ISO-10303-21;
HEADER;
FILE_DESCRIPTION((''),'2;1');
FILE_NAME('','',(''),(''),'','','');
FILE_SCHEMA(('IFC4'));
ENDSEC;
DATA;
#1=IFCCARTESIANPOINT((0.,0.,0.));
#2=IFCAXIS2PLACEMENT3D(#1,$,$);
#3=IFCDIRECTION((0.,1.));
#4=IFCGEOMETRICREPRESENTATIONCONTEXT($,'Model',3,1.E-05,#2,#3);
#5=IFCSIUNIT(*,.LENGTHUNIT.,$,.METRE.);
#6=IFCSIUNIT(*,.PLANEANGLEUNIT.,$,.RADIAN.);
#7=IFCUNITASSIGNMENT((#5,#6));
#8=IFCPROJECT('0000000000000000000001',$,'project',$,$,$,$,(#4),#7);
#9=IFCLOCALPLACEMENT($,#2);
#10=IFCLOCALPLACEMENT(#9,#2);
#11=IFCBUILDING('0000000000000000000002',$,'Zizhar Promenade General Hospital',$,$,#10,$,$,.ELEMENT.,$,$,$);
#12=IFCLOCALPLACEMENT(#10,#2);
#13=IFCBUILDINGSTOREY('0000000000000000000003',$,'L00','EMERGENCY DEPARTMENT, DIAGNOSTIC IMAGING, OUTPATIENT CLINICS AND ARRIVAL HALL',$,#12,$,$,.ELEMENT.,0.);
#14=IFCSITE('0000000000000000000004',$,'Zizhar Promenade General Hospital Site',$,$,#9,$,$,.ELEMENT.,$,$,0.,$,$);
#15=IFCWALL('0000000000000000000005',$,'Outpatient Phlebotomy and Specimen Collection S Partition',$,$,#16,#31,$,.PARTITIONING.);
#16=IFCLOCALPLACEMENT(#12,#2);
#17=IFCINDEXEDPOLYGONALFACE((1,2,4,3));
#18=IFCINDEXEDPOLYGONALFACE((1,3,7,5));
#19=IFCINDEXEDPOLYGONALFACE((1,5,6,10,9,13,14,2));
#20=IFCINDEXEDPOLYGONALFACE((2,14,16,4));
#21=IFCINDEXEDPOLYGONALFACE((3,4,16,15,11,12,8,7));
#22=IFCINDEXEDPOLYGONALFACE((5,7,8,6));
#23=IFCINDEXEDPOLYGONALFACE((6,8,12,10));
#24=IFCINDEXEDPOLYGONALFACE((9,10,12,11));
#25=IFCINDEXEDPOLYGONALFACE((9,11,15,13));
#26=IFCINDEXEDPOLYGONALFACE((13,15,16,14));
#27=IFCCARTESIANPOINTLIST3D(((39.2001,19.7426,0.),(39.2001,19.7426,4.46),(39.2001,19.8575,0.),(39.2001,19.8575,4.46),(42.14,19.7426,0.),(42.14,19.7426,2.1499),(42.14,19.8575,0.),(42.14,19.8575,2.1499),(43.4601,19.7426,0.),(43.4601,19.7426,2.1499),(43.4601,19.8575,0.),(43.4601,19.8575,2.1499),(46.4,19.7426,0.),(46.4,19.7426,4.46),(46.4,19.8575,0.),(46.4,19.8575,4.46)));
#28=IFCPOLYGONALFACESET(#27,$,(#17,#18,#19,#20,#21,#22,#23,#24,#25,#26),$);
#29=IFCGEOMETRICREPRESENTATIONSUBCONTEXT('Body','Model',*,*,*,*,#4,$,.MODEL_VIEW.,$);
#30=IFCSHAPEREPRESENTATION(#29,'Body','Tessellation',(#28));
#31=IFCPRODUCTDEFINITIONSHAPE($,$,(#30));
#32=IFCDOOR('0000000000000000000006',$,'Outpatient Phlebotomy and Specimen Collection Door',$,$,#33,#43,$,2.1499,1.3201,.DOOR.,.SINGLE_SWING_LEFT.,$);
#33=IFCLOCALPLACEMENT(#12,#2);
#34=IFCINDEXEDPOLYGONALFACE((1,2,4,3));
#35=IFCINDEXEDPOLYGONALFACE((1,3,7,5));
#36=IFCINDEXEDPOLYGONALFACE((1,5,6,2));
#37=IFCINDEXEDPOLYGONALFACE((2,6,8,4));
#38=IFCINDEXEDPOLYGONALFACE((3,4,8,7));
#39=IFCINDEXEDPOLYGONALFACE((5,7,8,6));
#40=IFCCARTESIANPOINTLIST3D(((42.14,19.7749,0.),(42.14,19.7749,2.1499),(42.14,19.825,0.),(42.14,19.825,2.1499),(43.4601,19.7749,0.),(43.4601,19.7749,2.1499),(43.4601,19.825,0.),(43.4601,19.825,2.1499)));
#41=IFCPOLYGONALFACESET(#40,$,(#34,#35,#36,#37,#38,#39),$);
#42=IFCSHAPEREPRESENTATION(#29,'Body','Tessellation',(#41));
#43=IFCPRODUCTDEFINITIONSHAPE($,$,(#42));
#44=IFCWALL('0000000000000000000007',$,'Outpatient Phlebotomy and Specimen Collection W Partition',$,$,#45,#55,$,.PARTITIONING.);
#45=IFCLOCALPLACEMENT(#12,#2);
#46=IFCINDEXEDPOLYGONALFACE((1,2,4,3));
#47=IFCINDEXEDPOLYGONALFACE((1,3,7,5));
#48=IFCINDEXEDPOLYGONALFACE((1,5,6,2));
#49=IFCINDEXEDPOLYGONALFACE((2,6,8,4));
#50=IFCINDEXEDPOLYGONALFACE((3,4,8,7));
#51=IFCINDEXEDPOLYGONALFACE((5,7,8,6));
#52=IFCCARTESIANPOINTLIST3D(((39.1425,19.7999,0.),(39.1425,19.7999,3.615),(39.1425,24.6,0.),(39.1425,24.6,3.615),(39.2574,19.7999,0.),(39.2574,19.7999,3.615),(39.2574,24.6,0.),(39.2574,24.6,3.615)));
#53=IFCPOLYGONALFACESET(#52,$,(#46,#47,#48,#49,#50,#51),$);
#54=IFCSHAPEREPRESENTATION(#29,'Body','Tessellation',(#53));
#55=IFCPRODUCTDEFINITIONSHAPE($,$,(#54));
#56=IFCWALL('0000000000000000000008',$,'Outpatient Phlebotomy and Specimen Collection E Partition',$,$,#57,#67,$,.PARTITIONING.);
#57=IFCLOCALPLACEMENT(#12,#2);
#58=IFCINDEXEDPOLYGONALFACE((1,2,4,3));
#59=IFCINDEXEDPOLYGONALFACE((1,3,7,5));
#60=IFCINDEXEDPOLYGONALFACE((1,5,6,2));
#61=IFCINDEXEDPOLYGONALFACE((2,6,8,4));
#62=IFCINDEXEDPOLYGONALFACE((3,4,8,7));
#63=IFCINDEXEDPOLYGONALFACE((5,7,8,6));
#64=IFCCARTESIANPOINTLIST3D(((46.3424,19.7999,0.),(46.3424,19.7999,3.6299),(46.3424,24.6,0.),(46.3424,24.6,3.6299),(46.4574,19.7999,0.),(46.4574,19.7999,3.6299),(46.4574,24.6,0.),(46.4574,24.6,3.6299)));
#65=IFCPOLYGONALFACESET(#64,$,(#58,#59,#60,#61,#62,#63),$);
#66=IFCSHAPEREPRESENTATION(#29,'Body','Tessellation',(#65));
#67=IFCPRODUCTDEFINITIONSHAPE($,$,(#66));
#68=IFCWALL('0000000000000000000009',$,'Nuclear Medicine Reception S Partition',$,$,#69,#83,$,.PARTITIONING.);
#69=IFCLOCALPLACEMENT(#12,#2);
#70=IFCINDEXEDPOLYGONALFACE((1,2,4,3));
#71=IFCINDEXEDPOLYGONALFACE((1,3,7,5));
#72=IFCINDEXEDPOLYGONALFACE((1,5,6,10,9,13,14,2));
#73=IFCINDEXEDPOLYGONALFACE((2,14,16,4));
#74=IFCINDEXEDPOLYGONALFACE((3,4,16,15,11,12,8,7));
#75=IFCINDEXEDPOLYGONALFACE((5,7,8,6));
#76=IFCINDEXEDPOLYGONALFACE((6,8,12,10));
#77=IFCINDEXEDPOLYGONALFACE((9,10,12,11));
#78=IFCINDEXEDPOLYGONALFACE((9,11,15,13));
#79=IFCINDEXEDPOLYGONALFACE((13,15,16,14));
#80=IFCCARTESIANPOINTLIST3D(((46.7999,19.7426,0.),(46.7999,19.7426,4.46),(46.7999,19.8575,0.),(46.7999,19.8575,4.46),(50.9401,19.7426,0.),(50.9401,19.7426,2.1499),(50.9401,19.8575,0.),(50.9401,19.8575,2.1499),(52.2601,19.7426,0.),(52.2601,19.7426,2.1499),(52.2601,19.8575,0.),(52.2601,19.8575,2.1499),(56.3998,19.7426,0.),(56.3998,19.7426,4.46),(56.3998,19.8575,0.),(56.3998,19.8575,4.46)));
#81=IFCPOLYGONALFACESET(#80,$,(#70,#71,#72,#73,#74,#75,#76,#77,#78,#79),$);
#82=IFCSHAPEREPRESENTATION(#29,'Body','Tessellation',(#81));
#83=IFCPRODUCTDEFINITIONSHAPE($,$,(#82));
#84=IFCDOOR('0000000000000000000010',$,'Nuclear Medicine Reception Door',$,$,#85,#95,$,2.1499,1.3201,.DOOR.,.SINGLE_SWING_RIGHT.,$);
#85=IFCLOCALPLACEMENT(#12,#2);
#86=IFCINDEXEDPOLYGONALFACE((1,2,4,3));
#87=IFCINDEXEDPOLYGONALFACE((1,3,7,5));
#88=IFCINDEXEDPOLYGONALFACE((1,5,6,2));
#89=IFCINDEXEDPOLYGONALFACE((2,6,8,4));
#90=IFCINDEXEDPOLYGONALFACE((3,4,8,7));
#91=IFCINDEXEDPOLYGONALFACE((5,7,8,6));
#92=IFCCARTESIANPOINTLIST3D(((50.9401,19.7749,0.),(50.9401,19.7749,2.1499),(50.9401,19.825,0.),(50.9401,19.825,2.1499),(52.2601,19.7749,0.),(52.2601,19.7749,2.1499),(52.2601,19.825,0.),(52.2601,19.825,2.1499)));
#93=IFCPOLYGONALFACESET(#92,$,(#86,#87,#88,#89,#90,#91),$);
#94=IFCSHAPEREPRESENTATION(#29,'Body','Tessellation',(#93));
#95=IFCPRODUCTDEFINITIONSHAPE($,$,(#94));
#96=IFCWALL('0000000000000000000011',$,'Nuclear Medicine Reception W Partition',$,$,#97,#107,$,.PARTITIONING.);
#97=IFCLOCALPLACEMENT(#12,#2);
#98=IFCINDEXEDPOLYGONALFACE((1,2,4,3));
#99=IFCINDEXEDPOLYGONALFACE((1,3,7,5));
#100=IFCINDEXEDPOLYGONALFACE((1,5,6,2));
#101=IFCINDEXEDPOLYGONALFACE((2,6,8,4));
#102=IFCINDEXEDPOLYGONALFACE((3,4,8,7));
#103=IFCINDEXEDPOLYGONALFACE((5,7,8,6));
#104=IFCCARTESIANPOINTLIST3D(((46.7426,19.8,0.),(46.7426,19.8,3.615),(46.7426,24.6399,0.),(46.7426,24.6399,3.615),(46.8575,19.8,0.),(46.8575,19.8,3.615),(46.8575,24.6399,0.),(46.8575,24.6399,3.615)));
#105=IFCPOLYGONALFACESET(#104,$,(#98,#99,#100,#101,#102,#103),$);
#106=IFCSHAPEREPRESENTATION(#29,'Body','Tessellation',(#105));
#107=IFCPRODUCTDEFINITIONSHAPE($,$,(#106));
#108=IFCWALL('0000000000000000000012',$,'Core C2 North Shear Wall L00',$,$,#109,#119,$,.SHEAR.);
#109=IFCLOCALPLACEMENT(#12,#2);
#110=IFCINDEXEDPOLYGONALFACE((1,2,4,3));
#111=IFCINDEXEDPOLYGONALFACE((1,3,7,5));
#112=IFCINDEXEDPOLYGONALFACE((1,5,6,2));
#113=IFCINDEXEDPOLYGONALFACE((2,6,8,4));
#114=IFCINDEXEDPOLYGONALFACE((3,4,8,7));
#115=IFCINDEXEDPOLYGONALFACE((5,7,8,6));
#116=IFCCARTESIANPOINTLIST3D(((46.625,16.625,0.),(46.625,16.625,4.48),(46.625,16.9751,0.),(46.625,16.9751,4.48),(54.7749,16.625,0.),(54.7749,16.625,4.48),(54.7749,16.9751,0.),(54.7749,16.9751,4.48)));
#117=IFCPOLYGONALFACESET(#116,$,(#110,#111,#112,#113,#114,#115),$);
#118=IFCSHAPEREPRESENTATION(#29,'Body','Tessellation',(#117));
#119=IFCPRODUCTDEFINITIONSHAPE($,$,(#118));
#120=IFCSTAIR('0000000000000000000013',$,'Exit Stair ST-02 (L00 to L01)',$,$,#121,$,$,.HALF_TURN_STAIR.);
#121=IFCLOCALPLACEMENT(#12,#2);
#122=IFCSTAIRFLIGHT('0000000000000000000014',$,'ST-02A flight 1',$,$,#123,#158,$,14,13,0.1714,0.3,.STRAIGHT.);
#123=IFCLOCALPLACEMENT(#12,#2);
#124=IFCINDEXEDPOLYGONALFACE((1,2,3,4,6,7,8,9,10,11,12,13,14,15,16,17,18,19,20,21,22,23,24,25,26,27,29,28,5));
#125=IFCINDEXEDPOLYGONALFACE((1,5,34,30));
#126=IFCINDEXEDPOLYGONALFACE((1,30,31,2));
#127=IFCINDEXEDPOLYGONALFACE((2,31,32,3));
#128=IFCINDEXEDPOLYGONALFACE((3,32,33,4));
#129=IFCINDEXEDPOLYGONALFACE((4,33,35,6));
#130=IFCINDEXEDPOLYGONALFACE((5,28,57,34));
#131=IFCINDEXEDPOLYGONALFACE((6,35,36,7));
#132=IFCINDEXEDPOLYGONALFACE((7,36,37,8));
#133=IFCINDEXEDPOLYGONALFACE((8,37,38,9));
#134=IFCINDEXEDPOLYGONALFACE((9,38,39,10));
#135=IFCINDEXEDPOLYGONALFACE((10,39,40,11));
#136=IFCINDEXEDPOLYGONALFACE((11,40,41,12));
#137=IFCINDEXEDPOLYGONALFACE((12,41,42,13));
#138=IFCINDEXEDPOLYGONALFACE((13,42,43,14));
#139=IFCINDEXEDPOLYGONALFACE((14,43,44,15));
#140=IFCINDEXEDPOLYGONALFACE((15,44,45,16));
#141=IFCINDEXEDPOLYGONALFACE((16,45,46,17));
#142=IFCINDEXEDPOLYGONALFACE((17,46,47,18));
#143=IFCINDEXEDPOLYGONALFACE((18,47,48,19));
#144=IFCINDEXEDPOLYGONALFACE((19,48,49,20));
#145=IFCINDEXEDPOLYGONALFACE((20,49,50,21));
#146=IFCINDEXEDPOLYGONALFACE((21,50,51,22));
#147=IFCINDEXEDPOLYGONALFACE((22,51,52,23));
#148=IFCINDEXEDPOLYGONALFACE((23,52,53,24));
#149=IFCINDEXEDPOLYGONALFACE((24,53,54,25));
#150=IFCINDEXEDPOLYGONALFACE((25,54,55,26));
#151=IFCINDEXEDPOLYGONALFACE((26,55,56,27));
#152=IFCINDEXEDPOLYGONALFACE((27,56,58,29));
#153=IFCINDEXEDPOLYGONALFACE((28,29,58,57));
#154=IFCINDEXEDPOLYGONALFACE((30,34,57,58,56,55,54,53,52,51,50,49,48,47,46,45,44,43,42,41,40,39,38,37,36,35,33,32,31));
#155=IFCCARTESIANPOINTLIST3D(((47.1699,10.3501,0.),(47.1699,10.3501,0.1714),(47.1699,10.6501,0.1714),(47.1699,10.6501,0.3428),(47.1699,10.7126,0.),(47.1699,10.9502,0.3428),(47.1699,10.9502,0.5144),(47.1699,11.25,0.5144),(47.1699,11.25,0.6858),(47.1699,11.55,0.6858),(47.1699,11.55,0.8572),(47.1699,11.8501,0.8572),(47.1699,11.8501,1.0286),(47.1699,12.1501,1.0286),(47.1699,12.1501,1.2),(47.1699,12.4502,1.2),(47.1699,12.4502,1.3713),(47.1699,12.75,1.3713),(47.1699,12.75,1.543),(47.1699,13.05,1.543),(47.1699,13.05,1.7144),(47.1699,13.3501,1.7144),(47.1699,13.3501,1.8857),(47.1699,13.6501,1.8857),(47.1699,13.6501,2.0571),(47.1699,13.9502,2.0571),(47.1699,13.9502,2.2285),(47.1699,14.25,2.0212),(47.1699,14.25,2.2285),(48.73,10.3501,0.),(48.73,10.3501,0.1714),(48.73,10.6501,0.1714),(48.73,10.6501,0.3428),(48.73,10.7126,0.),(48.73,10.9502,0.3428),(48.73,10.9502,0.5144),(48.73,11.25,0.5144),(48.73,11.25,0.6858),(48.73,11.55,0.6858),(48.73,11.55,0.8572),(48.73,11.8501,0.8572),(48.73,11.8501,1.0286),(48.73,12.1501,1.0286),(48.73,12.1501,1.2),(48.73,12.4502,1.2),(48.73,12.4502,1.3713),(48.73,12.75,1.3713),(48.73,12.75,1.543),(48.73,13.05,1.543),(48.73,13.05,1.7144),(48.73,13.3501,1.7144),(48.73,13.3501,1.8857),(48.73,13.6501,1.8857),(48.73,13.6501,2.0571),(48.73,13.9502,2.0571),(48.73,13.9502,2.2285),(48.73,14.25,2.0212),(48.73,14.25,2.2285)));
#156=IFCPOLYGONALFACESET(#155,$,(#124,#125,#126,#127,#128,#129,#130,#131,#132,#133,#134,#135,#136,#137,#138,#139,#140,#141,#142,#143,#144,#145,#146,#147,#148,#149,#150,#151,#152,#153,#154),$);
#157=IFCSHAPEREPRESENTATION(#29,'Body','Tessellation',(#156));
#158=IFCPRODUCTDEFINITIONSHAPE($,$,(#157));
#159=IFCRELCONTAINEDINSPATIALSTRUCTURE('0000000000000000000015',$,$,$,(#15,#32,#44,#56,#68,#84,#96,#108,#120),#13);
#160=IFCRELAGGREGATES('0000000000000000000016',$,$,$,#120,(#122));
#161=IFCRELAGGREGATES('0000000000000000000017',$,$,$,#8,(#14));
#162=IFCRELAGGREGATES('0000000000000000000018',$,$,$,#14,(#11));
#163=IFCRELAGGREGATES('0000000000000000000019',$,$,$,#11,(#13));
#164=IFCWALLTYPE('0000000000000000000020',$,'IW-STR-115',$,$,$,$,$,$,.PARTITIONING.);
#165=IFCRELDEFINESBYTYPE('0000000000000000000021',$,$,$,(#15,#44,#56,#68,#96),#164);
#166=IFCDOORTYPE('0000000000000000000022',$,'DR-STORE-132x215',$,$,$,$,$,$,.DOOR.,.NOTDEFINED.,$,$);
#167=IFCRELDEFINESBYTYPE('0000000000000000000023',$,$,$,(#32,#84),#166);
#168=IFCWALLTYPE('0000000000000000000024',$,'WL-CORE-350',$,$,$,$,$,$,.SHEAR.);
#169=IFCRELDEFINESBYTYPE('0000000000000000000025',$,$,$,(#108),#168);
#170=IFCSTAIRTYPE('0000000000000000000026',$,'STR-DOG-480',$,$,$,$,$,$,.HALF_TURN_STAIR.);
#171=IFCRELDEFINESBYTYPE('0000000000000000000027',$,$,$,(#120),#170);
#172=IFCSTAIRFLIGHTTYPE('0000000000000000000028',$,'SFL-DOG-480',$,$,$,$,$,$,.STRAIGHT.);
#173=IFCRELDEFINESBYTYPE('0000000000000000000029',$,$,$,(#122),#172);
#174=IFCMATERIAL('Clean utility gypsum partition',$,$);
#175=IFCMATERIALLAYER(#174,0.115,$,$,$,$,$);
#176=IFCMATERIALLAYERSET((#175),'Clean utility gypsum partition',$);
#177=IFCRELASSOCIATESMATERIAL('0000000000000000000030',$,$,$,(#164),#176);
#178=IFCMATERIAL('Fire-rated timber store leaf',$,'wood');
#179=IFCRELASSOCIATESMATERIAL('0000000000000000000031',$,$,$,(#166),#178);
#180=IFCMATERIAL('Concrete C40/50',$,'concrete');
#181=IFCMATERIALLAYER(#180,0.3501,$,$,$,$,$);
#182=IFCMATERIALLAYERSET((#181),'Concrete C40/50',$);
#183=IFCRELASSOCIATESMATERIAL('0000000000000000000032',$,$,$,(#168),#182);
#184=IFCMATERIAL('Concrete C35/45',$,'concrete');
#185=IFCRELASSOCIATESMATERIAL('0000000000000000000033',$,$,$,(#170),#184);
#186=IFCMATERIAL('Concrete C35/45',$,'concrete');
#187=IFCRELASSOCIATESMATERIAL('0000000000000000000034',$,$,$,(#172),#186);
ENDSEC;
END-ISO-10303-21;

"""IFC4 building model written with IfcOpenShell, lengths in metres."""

from ifc_helpers import new_model, si_unit, direction, frame, frame_2d, origin, place, context, subcontext, project, spatial, polyline, rectangle, outline, extrude, material, layer, layer_set, type_object, element, fill, aggregate, save


model = new_model("IFC4")

# Units and contexts
model_context = context("Model", 3, precision=1e-05, world=origin(), true_north=direction((0.0, 1.0)))
body_context = subcontext(model_context, "Body", "Model", "MODEL_VIEW")
ifc_project = project(units=[si_unit("LENGTHUNIT", "METRE"), si_unit("PLANEANGLEUNIT", "RADIAN")], contexts=[model_context])

# Site, building, storey
site_placement = place(None, origin())
site = spatial("IfcSite", under=ifc_project, at=site_placement, Name="Zizhar Promenade General Hospital Site", CompositionType="ELEMENT", RefElevation=0.0)
building_placement = place(site_placement, origin())
building = spatial("IfcBuilding", under=site, at=building_placement, Name="Zizhar Promenade General Hospital", CompositionType="ELEMENT")
storey_placement = place(building_placement, origin())
storey = spatial("IfcBuildingStorey", under=building, at=storey_placement, Name="L00", Description="EMERGENCY DEPARTMENT, DIAGNOSTIC IMAGING, OUTPATIENT CLINICS AND ARRIVAL HALL", CompositionType="ELEMENT", Elevation=0.0)

# Wall, opening, door
ifc_material_1 = material(Name="Clean utility gypsum partition")
ifc_layer_1 = layer(ifc_material_1, 0.115)
ifc_layer_set_1 = layer_set([ifc_layer_1], Name="Clean utility gypsum partition")
wall_type_1 = type_object("IfcWallType", Name="IW-STR-115", PredefinedType="PARTITIONING", material=ifc_layer_set_1)
wall_1_placement = place(storey_placement, frame((39.2, 19.8, 0.0), z_axis=(0.0, 0.0, 1.0), x_axis=(1.0, 0.0, 0.0)))
wall_1 = element("IfcWall", 1, at=wall_1_placement, inside=storey, type_object=wall_type_1, Name="Outpatient Phlebotomy and Specimen Collection S Partition", PredefinedType="PARTITIONING", context=body_context, shape_type="SweptSolid", body=[
    extrude(rectangle(XDim=7.2, YDim=0.115, at=frame_2d((3.6001, 0.0))), origin(), (0.0, 0.0, 1.0), 4.46),
])
opening_1_placement = place(wall_1_placement, frame((2.9399, 0.0, 0.0)))
opening_1 = element("IfcOpeningElement", 2, at=opening_1_placement, cuts=wall_1, PredefinedType="OPENING", context=body_context, shape_type="SweptSolid", body=[
    extrude(rectangle(XDim=1.3201, YDim=2.1499, at=frame_2d((0.6602, 1.075))), frame((0.0, 0.0674, 0.0), z_axis=(0.0, -1.0, 0.0), x_axis=(1.0, 0.0, 0.0)), (0.0, 0.0, 1.0), 0.135),
])
ifc_material_2 = material(Name="Fire-rated timber store leaf", Category="wood")
door_type_1 = type_object("IfcDoorType", Name="DR-STORE-132x215", OperationType="NOTDEFINED", PredefinedType="DOOR", material=ifc_material_2)
door_1_placement = place(opening_1_placement, origin())
door_1 = element("IfcDoor", 3, at=door_1_placement, inside=storey, type_object=door_type_1, Name="Outpatient Phlebotomy and Specimen Collection Door", OperationType="SINGLE_SWING_LEFT", OverallHeight=2.1499, OverallWidth=1.3201, PredefinedType="DOOR", context=body_context, shape_type="SweptSolid", body=[
    extrude(rectangle(XDim=1.3201, YDim=2.1499, at=frame_2d((0.6602, 1.075))), frame((0.0, 0.0249, 0.0), z_axis=(0.0, -1.0, 0.0), x_axis=(1.0, 0.0, 0.0)), (0.0, 0.0, 1.0), 0.05),
])
fill(opening_1, door_1)

# Walls
wall_2_placement = place(storey_placement, frame((39.2, 19.8, 0.0), z_axis=(0.0, 0.0, 1.0), x_axis=(0.0, 1.0, 0.0)))
element("IfcWall", 4, at=wall_2_placement, inside=storey, type_object=wall_type_1, Name="Outpatient Phlebotomy and Specimen Collection W Partition", PredefinedType="PARTITIONING", context=body_context, shape_type="SweptSolid", body=[
    extrude(rectangle(XDim=4.8, YDim=0.115, at=frame_2d((2.3999, 0.0))), origin(), (0.0, 0.0, 1.0), 3.615),
])
wall_3_placement = place(storey_placement, frame((46.3999, 19.8, 0.0), z_axis=(0.0, 0.0, 1.0), x_axis=(0.0, 1.0, 0.0)))
element("IfcWall", 5, at=wall_3_placement, inside=storey, type_object=wall_type_1, Name="Outpatient Phlebotomy and Specimen Collection E Partition", PredefinedType="PARTITIONING", context=body_context, shape_type="SweptSolid", body=[
    extrude(rectangle(XDim=4.8, YDim=0.115, at=frame_2d((2.3999, 0.0))), origin(), (0.0, 0.0, 1.0), 3.6299),
])

# Wall, opening, door
wall_4_placement = place(storey_placement, frame((46.8, 19.8, 0.0), z_axis=(0.0, 0.0, 1.0), x_axis=(1.0, 0.0, 0.0)))
wall_4 = element("IfcWall", 6, at=wall_4_placement, inside=storey, type_object=wall_type_1, Name="Nuclear Medicine Reception S Partition", PredefinedType="PARTITIONING", context=body_context, shape_type="SweptSolid", body=[
    extrude(rectangle(XDim=9.5999, YDim=0.115, at=frame_2d((4.7998, 0.0))), origin(), (0.0, 0.0, 1.0), 4.46),
])
opening_2_placement = place(wall_4_placement, frame((4.1399, 0.0, 0.0)))
opening_2 = element("IfcOpeningElement", 7, at=opening_2_placement, cuts=wall_4, PredefinedType="OPENING", context=body_context, shape_type="SweptSolid", body=[
    extrude(rectangle(XDim=1.3201, YDim=2.1499, at=frame_2d((0.6602, 1.075))), frame((0.0, 0.0674, 0.0), z_axis=(0.0, -1.0, 0.0), x_axis=(1.0, 0.0, 0.0)), (0.0, 0.0, 1.0), 0.135),
])
door_2_placement = place(opening_2_placement, origin())
door_2 = element("IfcDoor", 8, at=door_2_placement, inside=storey, type_object=door_type_1, Name="Nuclear Medicine Reception Door", OperationType="SINGLE_SWING_RIGHT", OverallHeight=2.1499, OverallWidth=1.3201, PredefinedType="DOOR", context=body_context, shape_type="SweptSolid", body=[
    extrude(rectangle(XDim=1.3201, YDim=2.1499, at=frame_2d((0.6602, 1.075))), frame((0.0, 0.0249, 0.0), z_axis=(0.0, -1.0, 0.0), x_axis=(1.0, 0.0, 0.0)), (0.0, 0.0, 1.0), 0.05),
])
fill(opening_2, door_2)

# Walls
wall_5_placement = place(storey_placement, frame((46.8, 19.8, 0.0), z_axis=(0.0, 0.0, 1.0), x_axis=(0.0, 1.0, 0.0)))
element("IfcWall", 9, at=wall_5_placement, inside=storey, type_object=wall_type_1, Name="Nuclear Medicine Reception W Partition", PredefinedType="PARTITIONING", context=body_context, shape_type="SweptSolid", body=[
    extrude(rectangle(XDim=4.8398, YDim=0.115, at=frame_2d((2.4199, 0.0))), origin(), (0.0, 0.0, 1.0), 3.615),
])
ifc_material_3 = material(Name="Concrete C40/50", Category="concrete")
ifc_layer_2 = layer(ifc_material_3, 0.3501)
ifc_layer_set_2 = layer_set([ifc_layer_2], Name="Concrete C40/50")
wall_type_2 = type_object("IfcWallType", Name="WL-CORE-350", PredefinedType="SHEAR", material=ifc_layer_set_2)
wall_6_placement = place(storey_placement, frame((46.625, 16.8, 0.0), z_axis=(0.0, 0.0, 1.0), x_axis=(1.0, 0.0, 0.0)))
element("IfcWall", 10, at=wall_6_placement, inside=storey, type_object=wall_type_2, Name="Core C2 North Shear Wall L00", PredefinedType="SHEAR", context=body_context, shape_type="SweptSolid", body=[
    extrude(rectangle(XDim=8.1499, YDim=0.3501, at=frame_2d((4.075, 0.0))), origin(), (0.0, 0.0, 1.0), 4.48),
])

# Stair, stair flight
ifc_material_4 = material(Name="Concrete C35/45", Category="concrete")
stair_type = type_object("IfcStairType", Name="STR-DOG-480", PredefinedType="HALF_TURN_STAIR", material=ifc_material_4)
stair_placement = place(storey_placement, origin())
stair = element("IfcStair", 11, at=stair_placement, inside=storey, type_object=stair_type, Name="Exit Stair ST-02 (L00 to L01)", PredefinedType="HALF_TURN_STAIR")
ifc_material_5 = material(Name="Concrete C35/45", Category="concrete")
stair_flight_type = type_object("IfcStairFlightType", Name="SFL-DOG-480", PredefinedType="STRAIGHT", material=ifc_material_5)
stair_flight_1_placement = place(storey_placement, frame((47.95, 10.3501, 0.0), z_axis=(0.0, 0.0, 1.0), x_axis=(0.0, 1.0, 0.0)))
stair_flight_1 = element("IfcStairFlight", 12, at=stair_flight_1_placement, type_object=stair_flight_type, Name="ST-02A flight 1", NumberOfRisers=14, NumberOfTreads=13, PredefinedType="STRAIGHT", RiserHeight=0.1714, TreadLength=0.3, context=body_context, shape_type="SweptSolid", body=[
    extrude(outline(polyline([(0.0, 0.0), (0.0, 0.1714), (0.3, 0.1714), (0.3, 0.3428), (0.6001, 0.3428), (0.6001, 0.5144), (0.8999, 0.5144), (0.8999, 0.6858), (1.2, 0.6858), (1.2, 0.8572), (1.5, 0.8572), (1.5, 1.0286), (1.8, 1.0286), (1.8, 1.2), (2.1001, 1.2), (2.1001, 1.3713), (2.3999, 1.3713), (2.3999, 1.543), (2.7, 1.543), (2.7, 1.7144), (3.0, 1.7144), (3.0, 1.8857), (3.3, 1.8857), (3.3, 2.0571), (3.6001, 2.0571), (3.6001, 2.2285), (3.8999, 2.2285), (3.8999, 2.3999), (3.8999, 2.0212), (0.3625, 0.0), (0.0, 0.0)])), frame((0.0, 0.78, 0.0), z_axis=(0.0, -1.0, 0.0), x_axis=(1.0, 0.0, 0.0)), (0.0, 0.0, 1.0), 1.5601),
])
aggregate(stair, [stair_flight_1])

save(model, "model.ifc")
